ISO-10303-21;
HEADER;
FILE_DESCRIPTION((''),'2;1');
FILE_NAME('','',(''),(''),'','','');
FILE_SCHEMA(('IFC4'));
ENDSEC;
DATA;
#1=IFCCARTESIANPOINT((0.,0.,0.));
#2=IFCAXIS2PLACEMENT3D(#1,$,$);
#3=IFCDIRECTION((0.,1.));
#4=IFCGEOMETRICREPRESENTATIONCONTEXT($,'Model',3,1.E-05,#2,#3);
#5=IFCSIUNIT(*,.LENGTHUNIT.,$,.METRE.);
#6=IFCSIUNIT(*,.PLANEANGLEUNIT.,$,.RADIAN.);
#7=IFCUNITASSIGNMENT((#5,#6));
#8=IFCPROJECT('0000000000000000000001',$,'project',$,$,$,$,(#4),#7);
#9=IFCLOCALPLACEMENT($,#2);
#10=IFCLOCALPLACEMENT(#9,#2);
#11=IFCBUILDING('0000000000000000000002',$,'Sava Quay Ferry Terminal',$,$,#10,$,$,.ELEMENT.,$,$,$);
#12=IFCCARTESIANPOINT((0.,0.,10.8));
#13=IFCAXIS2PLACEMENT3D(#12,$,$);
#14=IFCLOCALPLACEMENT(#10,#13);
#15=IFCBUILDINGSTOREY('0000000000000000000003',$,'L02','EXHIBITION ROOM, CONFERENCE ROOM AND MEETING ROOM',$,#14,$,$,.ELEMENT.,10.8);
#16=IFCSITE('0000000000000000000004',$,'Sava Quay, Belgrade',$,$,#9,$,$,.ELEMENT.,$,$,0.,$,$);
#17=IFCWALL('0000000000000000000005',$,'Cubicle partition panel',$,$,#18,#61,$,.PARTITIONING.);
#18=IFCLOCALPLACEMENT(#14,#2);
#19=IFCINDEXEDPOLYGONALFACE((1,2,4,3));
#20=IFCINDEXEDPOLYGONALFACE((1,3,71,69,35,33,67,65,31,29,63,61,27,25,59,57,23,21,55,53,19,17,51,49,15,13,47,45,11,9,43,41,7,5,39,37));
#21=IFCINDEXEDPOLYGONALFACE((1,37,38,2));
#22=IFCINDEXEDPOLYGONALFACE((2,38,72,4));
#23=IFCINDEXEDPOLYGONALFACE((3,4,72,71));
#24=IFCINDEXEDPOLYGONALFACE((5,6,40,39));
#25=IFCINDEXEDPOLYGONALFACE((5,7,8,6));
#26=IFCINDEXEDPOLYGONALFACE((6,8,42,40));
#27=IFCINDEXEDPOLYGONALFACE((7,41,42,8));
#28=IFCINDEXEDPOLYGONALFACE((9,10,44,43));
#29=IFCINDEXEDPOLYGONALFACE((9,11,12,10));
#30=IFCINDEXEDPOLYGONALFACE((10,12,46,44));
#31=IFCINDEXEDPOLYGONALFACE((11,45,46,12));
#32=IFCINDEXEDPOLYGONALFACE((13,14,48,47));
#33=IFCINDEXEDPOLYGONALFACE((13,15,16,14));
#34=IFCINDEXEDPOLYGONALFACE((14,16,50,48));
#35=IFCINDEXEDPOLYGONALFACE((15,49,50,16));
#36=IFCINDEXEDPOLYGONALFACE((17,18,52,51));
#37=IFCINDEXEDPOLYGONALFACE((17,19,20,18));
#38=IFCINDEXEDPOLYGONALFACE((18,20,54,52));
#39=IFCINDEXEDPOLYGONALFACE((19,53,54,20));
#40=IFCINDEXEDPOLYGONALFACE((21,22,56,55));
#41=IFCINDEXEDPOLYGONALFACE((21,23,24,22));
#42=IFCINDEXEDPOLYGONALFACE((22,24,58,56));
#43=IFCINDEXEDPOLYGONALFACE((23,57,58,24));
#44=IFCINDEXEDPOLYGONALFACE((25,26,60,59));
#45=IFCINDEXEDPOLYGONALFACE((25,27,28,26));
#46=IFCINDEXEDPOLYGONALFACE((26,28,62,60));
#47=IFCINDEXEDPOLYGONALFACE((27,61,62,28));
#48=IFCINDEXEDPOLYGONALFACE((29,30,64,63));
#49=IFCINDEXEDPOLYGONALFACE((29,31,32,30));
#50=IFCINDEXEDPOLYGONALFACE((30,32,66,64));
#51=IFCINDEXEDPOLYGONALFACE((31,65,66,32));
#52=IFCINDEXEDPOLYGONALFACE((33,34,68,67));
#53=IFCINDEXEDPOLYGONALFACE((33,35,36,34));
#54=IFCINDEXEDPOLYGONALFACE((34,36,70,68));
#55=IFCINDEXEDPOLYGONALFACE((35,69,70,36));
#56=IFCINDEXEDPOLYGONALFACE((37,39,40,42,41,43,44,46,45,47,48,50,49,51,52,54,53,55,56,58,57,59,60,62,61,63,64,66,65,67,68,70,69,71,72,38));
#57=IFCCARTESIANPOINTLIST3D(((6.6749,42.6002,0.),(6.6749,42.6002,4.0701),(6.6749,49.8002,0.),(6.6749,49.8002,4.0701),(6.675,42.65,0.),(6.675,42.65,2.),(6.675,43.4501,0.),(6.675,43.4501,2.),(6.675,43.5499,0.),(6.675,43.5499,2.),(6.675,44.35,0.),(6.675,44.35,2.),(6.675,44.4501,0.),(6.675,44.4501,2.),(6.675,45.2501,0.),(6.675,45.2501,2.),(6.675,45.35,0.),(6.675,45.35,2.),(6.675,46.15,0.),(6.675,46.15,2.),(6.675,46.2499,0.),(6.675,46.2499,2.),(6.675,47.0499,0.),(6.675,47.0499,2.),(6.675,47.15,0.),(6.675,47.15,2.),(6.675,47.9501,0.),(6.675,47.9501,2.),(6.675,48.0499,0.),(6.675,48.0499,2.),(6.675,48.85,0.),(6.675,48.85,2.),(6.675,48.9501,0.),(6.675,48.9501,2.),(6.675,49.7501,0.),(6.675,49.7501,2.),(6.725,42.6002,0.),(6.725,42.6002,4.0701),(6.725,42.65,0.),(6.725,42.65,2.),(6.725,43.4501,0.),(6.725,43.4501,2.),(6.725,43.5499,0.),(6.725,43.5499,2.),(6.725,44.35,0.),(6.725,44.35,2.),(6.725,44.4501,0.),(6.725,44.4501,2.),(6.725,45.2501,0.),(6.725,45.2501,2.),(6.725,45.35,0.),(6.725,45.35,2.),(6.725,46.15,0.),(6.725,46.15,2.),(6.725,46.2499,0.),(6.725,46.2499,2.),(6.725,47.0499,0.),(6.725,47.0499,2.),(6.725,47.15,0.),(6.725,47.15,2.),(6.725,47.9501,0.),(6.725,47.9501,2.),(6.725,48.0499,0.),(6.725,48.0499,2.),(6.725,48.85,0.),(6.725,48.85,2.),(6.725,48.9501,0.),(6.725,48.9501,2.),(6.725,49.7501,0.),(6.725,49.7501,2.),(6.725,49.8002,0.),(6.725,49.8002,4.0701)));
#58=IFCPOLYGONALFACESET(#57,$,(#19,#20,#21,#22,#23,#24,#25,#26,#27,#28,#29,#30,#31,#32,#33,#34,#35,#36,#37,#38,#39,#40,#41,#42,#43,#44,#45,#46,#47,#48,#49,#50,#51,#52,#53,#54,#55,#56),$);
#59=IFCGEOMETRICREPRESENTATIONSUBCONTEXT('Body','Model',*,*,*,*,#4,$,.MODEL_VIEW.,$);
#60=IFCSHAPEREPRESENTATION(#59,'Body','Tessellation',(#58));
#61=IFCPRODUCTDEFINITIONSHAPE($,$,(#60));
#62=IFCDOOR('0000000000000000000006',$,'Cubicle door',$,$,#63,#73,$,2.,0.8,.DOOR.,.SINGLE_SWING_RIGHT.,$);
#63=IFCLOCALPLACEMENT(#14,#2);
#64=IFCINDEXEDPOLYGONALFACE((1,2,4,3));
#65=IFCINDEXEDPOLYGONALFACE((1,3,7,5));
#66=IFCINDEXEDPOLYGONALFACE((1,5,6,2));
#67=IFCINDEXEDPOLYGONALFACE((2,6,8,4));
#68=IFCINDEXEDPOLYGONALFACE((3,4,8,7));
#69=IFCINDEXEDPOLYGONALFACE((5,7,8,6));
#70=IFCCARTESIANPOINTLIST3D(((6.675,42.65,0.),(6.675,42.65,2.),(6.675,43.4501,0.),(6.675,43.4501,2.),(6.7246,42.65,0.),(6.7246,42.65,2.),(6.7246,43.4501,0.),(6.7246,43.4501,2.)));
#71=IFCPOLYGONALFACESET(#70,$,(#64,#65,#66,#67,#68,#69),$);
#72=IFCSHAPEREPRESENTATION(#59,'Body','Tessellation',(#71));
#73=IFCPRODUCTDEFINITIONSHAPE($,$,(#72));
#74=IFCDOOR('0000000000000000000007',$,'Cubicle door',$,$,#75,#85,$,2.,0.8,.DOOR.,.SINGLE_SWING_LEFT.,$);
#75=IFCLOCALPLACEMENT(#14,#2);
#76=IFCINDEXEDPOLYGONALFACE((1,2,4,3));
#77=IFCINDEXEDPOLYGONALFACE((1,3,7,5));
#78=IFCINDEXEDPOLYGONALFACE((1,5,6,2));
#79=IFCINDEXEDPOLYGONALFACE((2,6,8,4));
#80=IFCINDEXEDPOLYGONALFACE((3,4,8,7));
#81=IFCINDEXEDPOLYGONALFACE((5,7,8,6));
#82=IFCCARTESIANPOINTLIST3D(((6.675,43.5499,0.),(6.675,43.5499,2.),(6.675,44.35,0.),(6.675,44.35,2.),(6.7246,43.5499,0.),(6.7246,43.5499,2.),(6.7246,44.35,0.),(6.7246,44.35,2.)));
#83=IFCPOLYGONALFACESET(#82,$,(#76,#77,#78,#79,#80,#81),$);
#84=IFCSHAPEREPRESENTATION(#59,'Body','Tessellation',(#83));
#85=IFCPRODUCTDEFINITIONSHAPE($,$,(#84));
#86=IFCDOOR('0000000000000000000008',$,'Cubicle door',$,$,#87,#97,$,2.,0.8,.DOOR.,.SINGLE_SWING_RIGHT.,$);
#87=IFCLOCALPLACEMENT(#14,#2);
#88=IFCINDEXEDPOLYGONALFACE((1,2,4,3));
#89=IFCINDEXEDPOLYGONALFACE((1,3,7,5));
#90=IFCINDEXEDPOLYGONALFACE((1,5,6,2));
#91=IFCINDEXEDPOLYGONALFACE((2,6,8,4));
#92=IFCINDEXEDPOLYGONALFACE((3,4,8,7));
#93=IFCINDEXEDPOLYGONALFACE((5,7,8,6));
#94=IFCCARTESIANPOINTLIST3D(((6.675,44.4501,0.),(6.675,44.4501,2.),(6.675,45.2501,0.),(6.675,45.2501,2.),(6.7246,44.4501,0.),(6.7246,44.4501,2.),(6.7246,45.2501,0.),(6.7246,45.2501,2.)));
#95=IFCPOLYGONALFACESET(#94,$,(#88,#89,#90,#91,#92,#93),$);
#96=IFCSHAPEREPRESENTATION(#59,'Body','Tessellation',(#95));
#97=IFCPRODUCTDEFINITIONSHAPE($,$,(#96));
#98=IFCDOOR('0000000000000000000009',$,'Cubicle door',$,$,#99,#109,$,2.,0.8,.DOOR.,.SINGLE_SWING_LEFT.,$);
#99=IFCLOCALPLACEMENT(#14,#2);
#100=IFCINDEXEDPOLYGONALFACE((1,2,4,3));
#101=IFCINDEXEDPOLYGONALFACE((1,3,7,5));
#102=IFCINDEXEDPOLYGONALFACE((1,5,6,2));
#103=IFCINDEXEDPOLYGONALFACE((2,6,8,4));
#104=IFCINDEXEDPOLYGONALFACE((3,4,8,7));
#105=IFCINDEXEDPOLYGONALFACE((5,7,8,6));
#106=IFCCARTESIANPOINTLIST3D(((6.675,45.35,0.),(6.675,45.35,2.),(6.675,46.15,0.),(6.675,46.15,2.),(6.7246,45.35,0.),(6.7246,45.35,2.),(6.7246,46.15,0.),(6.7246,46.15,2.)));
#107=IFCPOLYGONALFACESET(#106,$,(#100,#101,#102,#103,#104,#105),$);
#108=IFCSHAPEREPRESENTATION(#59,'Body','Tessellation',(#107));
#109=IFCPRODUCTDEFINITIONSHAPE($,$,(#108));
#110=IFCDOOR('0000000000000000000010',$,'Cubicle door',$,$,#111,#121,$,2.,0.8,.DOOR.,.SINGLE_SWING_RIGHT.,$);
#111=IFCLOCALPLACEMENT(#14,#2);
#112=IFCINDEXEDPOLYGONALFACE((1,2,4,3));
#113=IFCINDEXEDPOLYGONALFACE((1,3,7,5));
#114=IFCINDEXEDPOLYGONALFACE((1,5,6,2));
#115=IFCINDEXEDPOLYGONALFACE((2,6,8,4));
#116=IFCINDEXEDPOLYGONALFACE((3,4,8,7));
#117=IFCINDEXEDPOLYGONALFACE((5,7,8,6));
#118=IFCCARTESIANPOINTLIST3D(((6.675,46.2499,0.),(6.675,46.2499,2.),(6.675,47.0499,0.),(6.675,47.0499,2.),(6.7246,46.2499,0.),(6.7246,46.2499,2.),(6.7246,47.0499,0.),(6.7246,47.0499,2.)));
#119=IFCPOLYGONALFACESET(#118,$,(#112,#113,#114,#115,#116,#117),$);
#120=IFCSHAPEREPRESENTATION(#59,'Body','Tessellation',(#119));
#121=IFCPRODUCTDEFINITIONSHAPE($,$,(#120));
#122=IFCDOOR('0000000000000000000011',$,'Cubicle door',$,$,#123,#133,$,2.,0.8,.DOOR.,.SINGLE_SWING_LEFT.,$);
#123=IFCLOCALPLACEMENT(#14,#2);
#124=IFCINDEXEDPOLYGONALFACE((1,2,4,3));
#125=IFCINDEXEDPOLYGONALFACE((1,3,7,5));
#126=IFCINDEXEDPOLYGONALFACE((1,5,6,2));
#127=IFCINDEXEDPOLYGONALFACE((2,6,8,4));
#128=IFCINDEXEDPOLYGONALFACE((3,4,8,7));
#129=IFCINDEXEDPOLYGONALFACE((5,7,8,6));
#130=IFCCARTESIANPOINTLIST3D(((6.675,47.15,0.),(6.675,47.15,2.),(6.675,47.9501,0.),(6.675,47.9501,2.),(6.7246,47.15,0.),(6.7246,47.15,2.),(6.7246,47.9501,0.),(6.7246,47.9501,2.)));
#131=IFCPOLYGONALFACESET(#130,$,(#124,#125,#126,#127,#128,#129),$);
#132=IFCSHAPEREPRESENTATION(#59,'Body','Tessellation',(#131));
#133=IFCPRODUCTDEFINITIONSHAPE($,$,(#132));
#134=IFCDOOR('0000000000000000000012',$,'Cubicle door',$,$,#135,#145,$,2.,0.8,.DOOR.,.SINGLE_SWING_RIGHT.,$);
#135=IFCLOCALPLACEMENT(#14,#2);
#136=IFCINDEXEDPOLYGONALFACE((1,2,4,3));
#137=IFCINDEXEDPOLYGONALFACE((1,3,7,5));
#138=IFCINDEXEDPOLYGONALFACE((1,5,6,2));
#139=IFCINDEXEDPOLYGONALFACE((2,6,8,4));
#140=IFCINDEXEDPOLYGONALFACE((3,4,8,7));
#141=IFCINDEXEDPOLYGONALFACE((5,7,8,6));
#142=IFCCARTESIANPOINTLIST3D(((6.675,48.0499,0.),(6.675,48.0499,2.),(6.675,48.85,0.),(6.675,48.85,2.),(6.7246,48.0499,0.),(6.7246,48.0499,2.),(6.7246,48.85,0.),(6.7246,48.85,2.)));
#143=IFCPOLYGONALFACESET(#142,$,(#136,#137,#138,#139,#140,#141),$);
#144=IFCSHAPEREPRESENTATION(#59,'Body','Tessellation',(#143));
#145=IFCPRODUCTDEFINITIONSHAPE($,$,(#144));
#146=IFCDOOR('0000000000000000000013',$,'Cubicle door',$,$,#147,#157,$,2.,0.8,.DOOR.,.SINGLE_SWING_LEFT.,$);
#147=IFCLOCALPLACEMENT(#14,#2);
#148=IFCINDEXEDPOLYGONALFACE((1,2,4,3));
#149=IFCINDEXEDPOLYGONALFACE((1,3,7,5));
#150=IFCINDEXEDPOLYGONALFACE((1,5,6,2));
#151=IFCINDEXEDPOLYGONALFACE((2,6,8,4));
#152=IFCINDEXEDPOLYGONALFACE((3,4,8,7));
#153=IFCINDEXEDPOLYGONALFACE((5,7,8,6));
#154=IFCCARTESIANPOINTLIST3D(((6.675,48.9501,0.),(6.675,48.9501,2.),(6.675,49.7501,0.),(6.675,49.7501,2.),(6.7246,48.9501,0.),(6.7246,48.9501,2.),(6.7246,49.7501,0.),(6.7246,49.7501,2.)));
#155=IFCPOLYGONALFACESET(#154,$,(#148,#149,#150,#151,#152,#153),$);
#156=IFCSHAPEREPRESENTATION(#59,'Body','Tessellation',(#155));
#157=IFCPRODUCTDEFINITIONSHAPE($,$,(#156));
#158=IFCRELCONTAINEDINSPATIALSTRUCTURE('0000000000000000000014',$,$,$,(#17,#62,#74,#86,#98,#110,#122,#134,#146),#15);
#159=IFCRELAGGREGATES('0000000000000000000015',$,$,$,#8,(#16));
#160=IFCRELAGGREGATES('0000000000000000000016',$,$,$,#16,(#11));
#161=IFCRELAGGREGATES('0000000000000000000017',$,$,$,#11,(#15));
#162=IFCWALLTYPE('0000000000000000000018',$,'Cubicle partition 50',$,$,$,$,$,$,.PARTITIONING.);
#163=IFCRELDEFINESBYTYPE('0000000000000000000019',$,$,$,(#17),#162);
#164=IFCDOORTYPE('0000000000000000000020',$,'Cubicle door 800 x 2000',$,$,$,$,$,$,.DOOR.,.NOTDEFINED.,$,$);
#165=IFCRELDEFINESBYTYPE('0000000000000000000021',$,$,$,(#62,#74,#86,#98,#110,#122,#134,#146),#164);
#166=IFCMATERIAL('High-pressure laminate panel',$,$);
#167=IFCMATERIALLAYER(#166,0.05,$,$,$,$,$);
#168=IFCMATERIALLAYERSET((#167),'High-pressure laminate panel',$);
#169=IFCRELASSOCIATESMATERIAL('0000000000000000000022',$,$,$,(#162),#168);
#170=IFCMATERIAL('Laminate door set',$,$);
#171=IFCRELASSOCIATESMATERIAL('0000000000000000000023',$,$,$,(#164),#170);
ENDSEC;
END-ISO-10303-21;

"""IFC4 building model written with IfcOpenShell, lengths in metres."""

from ifc_helpers import new_model, si_unit, direction, frame, frame_2d, origin, place, context, subcontext, project, spatial, rectangle, extrude, material, layer, layer_set, type_object, element, fill, save


model = new_model("IFC4")

# Units and contexts
model_context = context("Model", 3, precision=1e-05, world=origin(), true_north=direction((0.0, 1.0)))
body_context = subcontext(model_context, "Body", "Model", "MODEL_VIEW")
ifc_project = project(units=[si_unit("LENGTHUNIT", "METRE"), si_unit("PLANEANGLEUNIT", "RADIAN")], contexts=[model_context])

# Site, building, storey
site_placement = place(None, origin())
site = spatial("IfcSite", under=ifc_project, at=site_placement, Name="Sava Quay, Belgrade", CompositionType="ELEMENT", RefElevation=0.0)
building_placement = place(site_placement, origin())
building = spatial("IfcBuilding", under=site, at=building_placement, Name="Sava Quay Ferry Terminal", CompositionType="ELEMENT")
storey_placement = place(building_placement, frame((0.0, 0.0, 10.8)))
storey = spatial("IfcBuildingStorey", under=building, at=storey_placement, Name="L02", Description="EXHIBITION ROOM, CONFERENCE ROOM AND MEETING ROOM", CompositionType="ELEMENT", Elevation=10.8)

# Wall, openings, doors
ifc_material_1 = material(Name="High-pressure laminate panel")
ifc_layer_1 = layer(ifc_material_1, 0.05)
ifc_layer_set_1 = layer_set([ifc_layer_1], Name="High-pressure laminate panel")
wall_type_1 = type_object("IfcWallType", Name="Cubicle partition 50", PredefinedType="PARTITIONING", material=ifc_layer_set_1)
wall_1_placement = place(storey_placement, frame((6.7, 42.6001, 0.0), z_axis=(0.0, 0.0, 1.0), x_axis=(0.0, 1.0, 0.0)))
wall_1 = element("IfcWall", 1, at=wall_1_placement, inside=storey, type_object=wall_type_1, Name="Cubicle partition panel", PredefinedType="PARTITIONING", context=body_context, shape_type="SweptSolid", body=[
    extrude(rectangle(XDim=7.2, YDim=0.05, at=frame_2d((3.6001, 0.0))), origin(), (0.0, 0.0, 1.0), 4.0701),
])
opening_1_placement = place(wall_1_placement, frame((0.05, 0.0, 0.0)))
opening_1 = element("IfcOpeningElement", 2, at=opening_1_placement, cuts=wall_1, PredefinedType="OPENING", context=body_context, shape_type="SweptSolid", body=[
    extrude(rectangle(XDim=0.8, YDim=2.0, at=frame_2d((0.3999, 1.0))), frame((0.0, 0.0249, 0.0), z_axis=(0.0, -1.0, 0.0), x_axis=(1.0, 0.0, 0.0)), (0.0, 0.0, 1.0), 0.05),
])
opening_2_placement = place(wall_1_placement, frame((0.95, 0.0, 0.0)))
opening_2 = element("IfcOpeningElement", 3, at=opening_2_placement, cuts=wall_1, PredefinedType="OPENING", context=body_context, shape_type="SweptSolid", body=[
    extrude(rectangle(XDim=0.8, YDim=2.0, at=frame_2d((0.3999, 1.0))), frame((0.0, 0.0249, 0.0), z_axis=(0.0, -1.0, 0.0), x_axis=(1.0, 0.0, 0.0)), (0.0, 0.0, 1.0), 0.05),
])
opening_3_placement = place(wall_1_placement, frame((1.8501, 0.0, 0.0)))
opening_3 = element("IfcOpeningElement", 4, at=opening_3_placement, cuts=wall_1, PredefinedType="OPENING", context=body_context, shape_type="SweptSolid", body=[
    extrude(rectangle(XDim=0.8, YDim=2.0, at=frame_2d((0.3999, 1.0))), frame((0.0, 0.0249, 0.0), z_axis=(0.0, -1.0, 0.0), x_axis=(1.0, 0.0, 0.0)), (0.0, 0.0, 1.0), 0.05),
])
opening_4_placement = place(wall_1_placement, frame((2.75, 0.0, 0.0)))
opening_4 = element("IfcOpeningElement", 5, at=opening_4_placement, cuts=wall_1, PredefinedType="OPENING", context=body_context, shape_type="SweptSolid", body=[
    extrude(rectangle(XDim=0.8, YDim=2.0, at=frame_2d((0.3999, 1.0))), frame((0.0, 0.0249, 0.0), z_axis=(0.0, -1.0, 0.0), x_axis=(1.0, 0.0, 0.0)), (0.0, 0.0, 1.0), 0.05),
])
opening_5_placement = place(wall_1_placement, frame((3.6499, 0.0, 0.0)))
opening_5 = element("IfcOpeningElement", 6, at=opening_5_placement, cuts=wall_1, PredefinedType="OPENING", context=body_context, shape_type="SweptSolid", body=[
    extrude(rectangle(XDim=0.8, YDim=2.0, at=frame_2d((0.3999, 1.0))), frame((0.0, 0.0249, 0.0), z_axis=(0.0, -1.0, 0.0), x_axis=(1.0, 0.0, 0.0)), (0.0, 0.0, 1.0), 0.05),
])
opening_6_placement = place(wall_1_placement, frame((4.55, 0.0, 0.0)))
opening_6 = element("IfcOpeningElement", 7, at=opening_6_placement, cuts=wall_1, PredefinedType="OPENING", context=body_context, shape_type="SweptSolid", body=[
    extrude(rectangle(XDim=0.8, YDim=2.0, at=frame_2d((0.3999, 1.0))), frame((0.0, 0.0249, 0.0), z_axis=(0.0, -1.0, 0.0), x_axis=(1.0, 0.0, 0.0)), (0.0, 0.0, 1.0), 0.05),
])
opening_7_placement = place(wall_1_placement, frame((5.45, 0.0, 0.0)))
opening_7 = element("IfcOpeningElement", 8, at=opening_7_placement, cuts=wall_1, PredefinedType="OPENING", context=body_context, shape_type="SweptSolid", body=[
    extrude(rectangle(XDim=0.8, YDim=2.0, at=frame_2d((0.3999, 1.0))), frame((0.0, 0.0249, 0.0), z_axis=(0.0, -1.0, 0.0), x_axis=(1.0, 0.0, 0.0)), (0.0, 0.0, 1.0), 0.05),
])
opening_8_placement = place(wall_1_placement, frame((6.3501, 0.0, 0.0)))
opening_8 = element("IfcOpeningElement", 9, at=opening_8_placement, cuts=wall_1, PredefinedType="OPENING", context=body_context, shape_type="SweptSolid", body=[
    extrude(rectangle(XDim=0.8, YDim=2.0, at=frame_2d((0.3999, 1.0))), frame((0.0, 0.0249, 0.0), z_axis=(0.0, -1.0, 0.0), x_axis=(1.0, 0.0, 0.0)), (0.0, 0.0, 1.0), 0.05),
])
ifc_material_2 = material(Name="Laminate door set")
door_type_1 = type_object("IfcDoorType", Name="Cubicle door 800 x 2000", OperationType="NOTDEFINED", PredefinedType="DOOR", material=ifc_material_2)
door_1_placement = place(opening_1_placement, origin())
door_1 = element("IfcDoor", 10, at=door_1_placement, inside=storey, type_object=door_type_1, Name="Cubicle door", OperationType="SINGLE_SWING_RIGHT", OverallHeight=2.0, OverallWidth=0.8, PredefinedType="DOOR", context=body_context, shape_type="SweptSolid", body=[
    extrude(rectangle(XDim=0.8, YDim=2.0, at=frame_2d((0.3999, 1.0))), frame((0.0, 0.0249, 0.0), z_axis=(0.0, -1.0, 0.0), x_axis=(1.0, 0.0, 0.0)), (0.0, 0.0, 1.0), 0.0496),
])
fill(opening_1, door_1)
door_2_placement = place(opening_2_placement, origin())
door_2 = element("IfcDoor", 11, at=door_2_placement, inside=storey, type_object=door_type_1, Name="Cubicle door", OperationType="SINGLE_SWING_LEFT", OverallHeight=2.0, OverallWidth=0.8, PredefinedType="DOOR", context=body_context, shape_type="SweptSolid", body=[
    extrude(rectangle(XDim=0.8, YDim=2.0, at=frame_2d((0.3999, 1.0))), frame((0.0, 0.0249, 0.0), z_axis=(0.0, -1.0, 0.0), x_axis=(1.0, 0.0, 0.0)), (0.0, 0.0, 1.0), 0.0496),
])
fill(opening_2, door_2)
door_3_placement = place(opening_3_placement, origin())
door_3 = element("IfcDoor", 12, at=door_3_placement, inside=storey, type_object=door_type_1, Name="Cubicle door", OperationType="SINGLE_SWING_RIGHT", OverallHeight=2.0, OverallWidth=0.8, PredefinedType="DOOR", context=body_context, shape_type="SweptSolid", body=[
    extrude(rectangle(XDim=0.8, YDim=2.0, at=frame_2d((0.3999, 1.0))), frame((0.0, 0.0249, 0.0), z_axis=(0.0, -1.0, 0.0), x_axis=(1.0, 0.0, 0.0)), (0.0, 0.0, 1.0), 0.0496),
])
fill(opening_3, door_3)
door_4_placement = place(opening_4_placement, origin())
door_4 = element("IfcDoor", 13, at=door_4_placement, inside=storey, type_object=door_type_1, Name="Cubicle door", OperationType="SINGLE_SWING_LEFT", OverallHeight=2.0, OverallWidth=0.8, PredefinedType="DOOR", context=body_context, shape_type="SweptSolid", body=[
    extrude(rectangle(XDim=0.8, YDim=2.0, at=frame_2d((0.3999, 1.0))), frame((0.0, 0.0249, 0.0), z_axis=(0.0, -1.0, 0.0), x_axis=(1.0, 0.0, 0.0)), (0.0, 0.0, 1.0), 0.0496),
])
fill(opening_4, door_4)
door_5_placement = place(opening_5_placement, origin())
door_5 = element("IfcDoor", 14, at=door_5_placement, inside=storey, type_object=door_type_1, Name="Cubicle door", OperationType="SINGLE_SWING_RIGHT", OverallHeight=2.0, OverallWidth=0.8, PredefinedType="DOOR", context=body_context, shape_type="SweptSolid", body=[
    extrude(rectangle(XDim=0.8, YDim=2.0, at=frame_2d((0.3999, 1.0))), frame((0.0, 0.0249, 0.0), z_axis=(0.0, -1.0, 0.0), x_axis=(1.0, 0.0, 0.0)), (0.0, 0.0, 1.0), 0.0496),
])
fill(opening_5, door_5)
door_6_placement = place(opening_6_placement, origin())
door_6 = element("IfcDoor", 15, at=door_6_placement, inside=storey, type_object=door_type_1, Name="Cubicle door", OperationType="SINGLE_SWING_LEFT", OverallHeight=2.0, OverallWidth=0.8, PredefinedType="DOOR", context=body_context, shape_type="SweptSolid", body=[
    extrude(rectangle(XDim=0.8, YDim=2.0, at=frame_2d((0.3999, 1.0))), frame((0.0, 0.0249, 0.0), z_axis=(0.0, -1.0, 0.0), x_axis=(1.0, 0.0, 0.0)), (0.0, 0.0, 1.0), 0.0496),
])
fill(opening_6, door_6)
door_7_placement = place(opening_7_placement, origin())
door_7 = element("IfcDoor", 16, at=door_7_placement, inside=storey, type_object=door_type_1, Name="Cubicle door", OperationType="SINGLE_SWING_RIGHT", OverallHeight=2.0, OverallWidth=0.8, PredefinedType="DOOR", context=body_context, shape_type="SweptSolid", body=[
    extrude(rectangle(XDim=0.8, YDim=2.0, at=frame_2d((0.3999, 1.0))), frame((0.0, 0.0249, 0.0), z_axis=(0.0, -1.0, 0.0), x_axis=(1.0, 0.0, 0.0)), (0.0, 0.0, 1.0), 0.0496),
])
fill(opening_7, door_7)
door_8_placement = place(opening_8_placement, origin())
door_8 = element("IfcDoor", 17, at=door_8_placement, inside=storey, type_object=door_type_1, Name="Cubicle door", OperationType="SINGLE_SWING_LEFT", OverallHeight=2.0, OverallWidth=0.8, PredefinedType="DOOR", context=body_context, shape_type="SweptSolid", body=[
    extrude(rectangle(XDim=0.8, YDim=2.0, at=frame_2d((0.3999, 1.0))), frame((0.0, 0.0249, 0.0), z_axis=(0.0, -1.0, 0.0), x_axis=(1.0, 0.0, 0.0)), (0.0, 0.0, 1.0), 0.0496),
])
fill(opening_8, door_8)

save(model, "model.ifc")
